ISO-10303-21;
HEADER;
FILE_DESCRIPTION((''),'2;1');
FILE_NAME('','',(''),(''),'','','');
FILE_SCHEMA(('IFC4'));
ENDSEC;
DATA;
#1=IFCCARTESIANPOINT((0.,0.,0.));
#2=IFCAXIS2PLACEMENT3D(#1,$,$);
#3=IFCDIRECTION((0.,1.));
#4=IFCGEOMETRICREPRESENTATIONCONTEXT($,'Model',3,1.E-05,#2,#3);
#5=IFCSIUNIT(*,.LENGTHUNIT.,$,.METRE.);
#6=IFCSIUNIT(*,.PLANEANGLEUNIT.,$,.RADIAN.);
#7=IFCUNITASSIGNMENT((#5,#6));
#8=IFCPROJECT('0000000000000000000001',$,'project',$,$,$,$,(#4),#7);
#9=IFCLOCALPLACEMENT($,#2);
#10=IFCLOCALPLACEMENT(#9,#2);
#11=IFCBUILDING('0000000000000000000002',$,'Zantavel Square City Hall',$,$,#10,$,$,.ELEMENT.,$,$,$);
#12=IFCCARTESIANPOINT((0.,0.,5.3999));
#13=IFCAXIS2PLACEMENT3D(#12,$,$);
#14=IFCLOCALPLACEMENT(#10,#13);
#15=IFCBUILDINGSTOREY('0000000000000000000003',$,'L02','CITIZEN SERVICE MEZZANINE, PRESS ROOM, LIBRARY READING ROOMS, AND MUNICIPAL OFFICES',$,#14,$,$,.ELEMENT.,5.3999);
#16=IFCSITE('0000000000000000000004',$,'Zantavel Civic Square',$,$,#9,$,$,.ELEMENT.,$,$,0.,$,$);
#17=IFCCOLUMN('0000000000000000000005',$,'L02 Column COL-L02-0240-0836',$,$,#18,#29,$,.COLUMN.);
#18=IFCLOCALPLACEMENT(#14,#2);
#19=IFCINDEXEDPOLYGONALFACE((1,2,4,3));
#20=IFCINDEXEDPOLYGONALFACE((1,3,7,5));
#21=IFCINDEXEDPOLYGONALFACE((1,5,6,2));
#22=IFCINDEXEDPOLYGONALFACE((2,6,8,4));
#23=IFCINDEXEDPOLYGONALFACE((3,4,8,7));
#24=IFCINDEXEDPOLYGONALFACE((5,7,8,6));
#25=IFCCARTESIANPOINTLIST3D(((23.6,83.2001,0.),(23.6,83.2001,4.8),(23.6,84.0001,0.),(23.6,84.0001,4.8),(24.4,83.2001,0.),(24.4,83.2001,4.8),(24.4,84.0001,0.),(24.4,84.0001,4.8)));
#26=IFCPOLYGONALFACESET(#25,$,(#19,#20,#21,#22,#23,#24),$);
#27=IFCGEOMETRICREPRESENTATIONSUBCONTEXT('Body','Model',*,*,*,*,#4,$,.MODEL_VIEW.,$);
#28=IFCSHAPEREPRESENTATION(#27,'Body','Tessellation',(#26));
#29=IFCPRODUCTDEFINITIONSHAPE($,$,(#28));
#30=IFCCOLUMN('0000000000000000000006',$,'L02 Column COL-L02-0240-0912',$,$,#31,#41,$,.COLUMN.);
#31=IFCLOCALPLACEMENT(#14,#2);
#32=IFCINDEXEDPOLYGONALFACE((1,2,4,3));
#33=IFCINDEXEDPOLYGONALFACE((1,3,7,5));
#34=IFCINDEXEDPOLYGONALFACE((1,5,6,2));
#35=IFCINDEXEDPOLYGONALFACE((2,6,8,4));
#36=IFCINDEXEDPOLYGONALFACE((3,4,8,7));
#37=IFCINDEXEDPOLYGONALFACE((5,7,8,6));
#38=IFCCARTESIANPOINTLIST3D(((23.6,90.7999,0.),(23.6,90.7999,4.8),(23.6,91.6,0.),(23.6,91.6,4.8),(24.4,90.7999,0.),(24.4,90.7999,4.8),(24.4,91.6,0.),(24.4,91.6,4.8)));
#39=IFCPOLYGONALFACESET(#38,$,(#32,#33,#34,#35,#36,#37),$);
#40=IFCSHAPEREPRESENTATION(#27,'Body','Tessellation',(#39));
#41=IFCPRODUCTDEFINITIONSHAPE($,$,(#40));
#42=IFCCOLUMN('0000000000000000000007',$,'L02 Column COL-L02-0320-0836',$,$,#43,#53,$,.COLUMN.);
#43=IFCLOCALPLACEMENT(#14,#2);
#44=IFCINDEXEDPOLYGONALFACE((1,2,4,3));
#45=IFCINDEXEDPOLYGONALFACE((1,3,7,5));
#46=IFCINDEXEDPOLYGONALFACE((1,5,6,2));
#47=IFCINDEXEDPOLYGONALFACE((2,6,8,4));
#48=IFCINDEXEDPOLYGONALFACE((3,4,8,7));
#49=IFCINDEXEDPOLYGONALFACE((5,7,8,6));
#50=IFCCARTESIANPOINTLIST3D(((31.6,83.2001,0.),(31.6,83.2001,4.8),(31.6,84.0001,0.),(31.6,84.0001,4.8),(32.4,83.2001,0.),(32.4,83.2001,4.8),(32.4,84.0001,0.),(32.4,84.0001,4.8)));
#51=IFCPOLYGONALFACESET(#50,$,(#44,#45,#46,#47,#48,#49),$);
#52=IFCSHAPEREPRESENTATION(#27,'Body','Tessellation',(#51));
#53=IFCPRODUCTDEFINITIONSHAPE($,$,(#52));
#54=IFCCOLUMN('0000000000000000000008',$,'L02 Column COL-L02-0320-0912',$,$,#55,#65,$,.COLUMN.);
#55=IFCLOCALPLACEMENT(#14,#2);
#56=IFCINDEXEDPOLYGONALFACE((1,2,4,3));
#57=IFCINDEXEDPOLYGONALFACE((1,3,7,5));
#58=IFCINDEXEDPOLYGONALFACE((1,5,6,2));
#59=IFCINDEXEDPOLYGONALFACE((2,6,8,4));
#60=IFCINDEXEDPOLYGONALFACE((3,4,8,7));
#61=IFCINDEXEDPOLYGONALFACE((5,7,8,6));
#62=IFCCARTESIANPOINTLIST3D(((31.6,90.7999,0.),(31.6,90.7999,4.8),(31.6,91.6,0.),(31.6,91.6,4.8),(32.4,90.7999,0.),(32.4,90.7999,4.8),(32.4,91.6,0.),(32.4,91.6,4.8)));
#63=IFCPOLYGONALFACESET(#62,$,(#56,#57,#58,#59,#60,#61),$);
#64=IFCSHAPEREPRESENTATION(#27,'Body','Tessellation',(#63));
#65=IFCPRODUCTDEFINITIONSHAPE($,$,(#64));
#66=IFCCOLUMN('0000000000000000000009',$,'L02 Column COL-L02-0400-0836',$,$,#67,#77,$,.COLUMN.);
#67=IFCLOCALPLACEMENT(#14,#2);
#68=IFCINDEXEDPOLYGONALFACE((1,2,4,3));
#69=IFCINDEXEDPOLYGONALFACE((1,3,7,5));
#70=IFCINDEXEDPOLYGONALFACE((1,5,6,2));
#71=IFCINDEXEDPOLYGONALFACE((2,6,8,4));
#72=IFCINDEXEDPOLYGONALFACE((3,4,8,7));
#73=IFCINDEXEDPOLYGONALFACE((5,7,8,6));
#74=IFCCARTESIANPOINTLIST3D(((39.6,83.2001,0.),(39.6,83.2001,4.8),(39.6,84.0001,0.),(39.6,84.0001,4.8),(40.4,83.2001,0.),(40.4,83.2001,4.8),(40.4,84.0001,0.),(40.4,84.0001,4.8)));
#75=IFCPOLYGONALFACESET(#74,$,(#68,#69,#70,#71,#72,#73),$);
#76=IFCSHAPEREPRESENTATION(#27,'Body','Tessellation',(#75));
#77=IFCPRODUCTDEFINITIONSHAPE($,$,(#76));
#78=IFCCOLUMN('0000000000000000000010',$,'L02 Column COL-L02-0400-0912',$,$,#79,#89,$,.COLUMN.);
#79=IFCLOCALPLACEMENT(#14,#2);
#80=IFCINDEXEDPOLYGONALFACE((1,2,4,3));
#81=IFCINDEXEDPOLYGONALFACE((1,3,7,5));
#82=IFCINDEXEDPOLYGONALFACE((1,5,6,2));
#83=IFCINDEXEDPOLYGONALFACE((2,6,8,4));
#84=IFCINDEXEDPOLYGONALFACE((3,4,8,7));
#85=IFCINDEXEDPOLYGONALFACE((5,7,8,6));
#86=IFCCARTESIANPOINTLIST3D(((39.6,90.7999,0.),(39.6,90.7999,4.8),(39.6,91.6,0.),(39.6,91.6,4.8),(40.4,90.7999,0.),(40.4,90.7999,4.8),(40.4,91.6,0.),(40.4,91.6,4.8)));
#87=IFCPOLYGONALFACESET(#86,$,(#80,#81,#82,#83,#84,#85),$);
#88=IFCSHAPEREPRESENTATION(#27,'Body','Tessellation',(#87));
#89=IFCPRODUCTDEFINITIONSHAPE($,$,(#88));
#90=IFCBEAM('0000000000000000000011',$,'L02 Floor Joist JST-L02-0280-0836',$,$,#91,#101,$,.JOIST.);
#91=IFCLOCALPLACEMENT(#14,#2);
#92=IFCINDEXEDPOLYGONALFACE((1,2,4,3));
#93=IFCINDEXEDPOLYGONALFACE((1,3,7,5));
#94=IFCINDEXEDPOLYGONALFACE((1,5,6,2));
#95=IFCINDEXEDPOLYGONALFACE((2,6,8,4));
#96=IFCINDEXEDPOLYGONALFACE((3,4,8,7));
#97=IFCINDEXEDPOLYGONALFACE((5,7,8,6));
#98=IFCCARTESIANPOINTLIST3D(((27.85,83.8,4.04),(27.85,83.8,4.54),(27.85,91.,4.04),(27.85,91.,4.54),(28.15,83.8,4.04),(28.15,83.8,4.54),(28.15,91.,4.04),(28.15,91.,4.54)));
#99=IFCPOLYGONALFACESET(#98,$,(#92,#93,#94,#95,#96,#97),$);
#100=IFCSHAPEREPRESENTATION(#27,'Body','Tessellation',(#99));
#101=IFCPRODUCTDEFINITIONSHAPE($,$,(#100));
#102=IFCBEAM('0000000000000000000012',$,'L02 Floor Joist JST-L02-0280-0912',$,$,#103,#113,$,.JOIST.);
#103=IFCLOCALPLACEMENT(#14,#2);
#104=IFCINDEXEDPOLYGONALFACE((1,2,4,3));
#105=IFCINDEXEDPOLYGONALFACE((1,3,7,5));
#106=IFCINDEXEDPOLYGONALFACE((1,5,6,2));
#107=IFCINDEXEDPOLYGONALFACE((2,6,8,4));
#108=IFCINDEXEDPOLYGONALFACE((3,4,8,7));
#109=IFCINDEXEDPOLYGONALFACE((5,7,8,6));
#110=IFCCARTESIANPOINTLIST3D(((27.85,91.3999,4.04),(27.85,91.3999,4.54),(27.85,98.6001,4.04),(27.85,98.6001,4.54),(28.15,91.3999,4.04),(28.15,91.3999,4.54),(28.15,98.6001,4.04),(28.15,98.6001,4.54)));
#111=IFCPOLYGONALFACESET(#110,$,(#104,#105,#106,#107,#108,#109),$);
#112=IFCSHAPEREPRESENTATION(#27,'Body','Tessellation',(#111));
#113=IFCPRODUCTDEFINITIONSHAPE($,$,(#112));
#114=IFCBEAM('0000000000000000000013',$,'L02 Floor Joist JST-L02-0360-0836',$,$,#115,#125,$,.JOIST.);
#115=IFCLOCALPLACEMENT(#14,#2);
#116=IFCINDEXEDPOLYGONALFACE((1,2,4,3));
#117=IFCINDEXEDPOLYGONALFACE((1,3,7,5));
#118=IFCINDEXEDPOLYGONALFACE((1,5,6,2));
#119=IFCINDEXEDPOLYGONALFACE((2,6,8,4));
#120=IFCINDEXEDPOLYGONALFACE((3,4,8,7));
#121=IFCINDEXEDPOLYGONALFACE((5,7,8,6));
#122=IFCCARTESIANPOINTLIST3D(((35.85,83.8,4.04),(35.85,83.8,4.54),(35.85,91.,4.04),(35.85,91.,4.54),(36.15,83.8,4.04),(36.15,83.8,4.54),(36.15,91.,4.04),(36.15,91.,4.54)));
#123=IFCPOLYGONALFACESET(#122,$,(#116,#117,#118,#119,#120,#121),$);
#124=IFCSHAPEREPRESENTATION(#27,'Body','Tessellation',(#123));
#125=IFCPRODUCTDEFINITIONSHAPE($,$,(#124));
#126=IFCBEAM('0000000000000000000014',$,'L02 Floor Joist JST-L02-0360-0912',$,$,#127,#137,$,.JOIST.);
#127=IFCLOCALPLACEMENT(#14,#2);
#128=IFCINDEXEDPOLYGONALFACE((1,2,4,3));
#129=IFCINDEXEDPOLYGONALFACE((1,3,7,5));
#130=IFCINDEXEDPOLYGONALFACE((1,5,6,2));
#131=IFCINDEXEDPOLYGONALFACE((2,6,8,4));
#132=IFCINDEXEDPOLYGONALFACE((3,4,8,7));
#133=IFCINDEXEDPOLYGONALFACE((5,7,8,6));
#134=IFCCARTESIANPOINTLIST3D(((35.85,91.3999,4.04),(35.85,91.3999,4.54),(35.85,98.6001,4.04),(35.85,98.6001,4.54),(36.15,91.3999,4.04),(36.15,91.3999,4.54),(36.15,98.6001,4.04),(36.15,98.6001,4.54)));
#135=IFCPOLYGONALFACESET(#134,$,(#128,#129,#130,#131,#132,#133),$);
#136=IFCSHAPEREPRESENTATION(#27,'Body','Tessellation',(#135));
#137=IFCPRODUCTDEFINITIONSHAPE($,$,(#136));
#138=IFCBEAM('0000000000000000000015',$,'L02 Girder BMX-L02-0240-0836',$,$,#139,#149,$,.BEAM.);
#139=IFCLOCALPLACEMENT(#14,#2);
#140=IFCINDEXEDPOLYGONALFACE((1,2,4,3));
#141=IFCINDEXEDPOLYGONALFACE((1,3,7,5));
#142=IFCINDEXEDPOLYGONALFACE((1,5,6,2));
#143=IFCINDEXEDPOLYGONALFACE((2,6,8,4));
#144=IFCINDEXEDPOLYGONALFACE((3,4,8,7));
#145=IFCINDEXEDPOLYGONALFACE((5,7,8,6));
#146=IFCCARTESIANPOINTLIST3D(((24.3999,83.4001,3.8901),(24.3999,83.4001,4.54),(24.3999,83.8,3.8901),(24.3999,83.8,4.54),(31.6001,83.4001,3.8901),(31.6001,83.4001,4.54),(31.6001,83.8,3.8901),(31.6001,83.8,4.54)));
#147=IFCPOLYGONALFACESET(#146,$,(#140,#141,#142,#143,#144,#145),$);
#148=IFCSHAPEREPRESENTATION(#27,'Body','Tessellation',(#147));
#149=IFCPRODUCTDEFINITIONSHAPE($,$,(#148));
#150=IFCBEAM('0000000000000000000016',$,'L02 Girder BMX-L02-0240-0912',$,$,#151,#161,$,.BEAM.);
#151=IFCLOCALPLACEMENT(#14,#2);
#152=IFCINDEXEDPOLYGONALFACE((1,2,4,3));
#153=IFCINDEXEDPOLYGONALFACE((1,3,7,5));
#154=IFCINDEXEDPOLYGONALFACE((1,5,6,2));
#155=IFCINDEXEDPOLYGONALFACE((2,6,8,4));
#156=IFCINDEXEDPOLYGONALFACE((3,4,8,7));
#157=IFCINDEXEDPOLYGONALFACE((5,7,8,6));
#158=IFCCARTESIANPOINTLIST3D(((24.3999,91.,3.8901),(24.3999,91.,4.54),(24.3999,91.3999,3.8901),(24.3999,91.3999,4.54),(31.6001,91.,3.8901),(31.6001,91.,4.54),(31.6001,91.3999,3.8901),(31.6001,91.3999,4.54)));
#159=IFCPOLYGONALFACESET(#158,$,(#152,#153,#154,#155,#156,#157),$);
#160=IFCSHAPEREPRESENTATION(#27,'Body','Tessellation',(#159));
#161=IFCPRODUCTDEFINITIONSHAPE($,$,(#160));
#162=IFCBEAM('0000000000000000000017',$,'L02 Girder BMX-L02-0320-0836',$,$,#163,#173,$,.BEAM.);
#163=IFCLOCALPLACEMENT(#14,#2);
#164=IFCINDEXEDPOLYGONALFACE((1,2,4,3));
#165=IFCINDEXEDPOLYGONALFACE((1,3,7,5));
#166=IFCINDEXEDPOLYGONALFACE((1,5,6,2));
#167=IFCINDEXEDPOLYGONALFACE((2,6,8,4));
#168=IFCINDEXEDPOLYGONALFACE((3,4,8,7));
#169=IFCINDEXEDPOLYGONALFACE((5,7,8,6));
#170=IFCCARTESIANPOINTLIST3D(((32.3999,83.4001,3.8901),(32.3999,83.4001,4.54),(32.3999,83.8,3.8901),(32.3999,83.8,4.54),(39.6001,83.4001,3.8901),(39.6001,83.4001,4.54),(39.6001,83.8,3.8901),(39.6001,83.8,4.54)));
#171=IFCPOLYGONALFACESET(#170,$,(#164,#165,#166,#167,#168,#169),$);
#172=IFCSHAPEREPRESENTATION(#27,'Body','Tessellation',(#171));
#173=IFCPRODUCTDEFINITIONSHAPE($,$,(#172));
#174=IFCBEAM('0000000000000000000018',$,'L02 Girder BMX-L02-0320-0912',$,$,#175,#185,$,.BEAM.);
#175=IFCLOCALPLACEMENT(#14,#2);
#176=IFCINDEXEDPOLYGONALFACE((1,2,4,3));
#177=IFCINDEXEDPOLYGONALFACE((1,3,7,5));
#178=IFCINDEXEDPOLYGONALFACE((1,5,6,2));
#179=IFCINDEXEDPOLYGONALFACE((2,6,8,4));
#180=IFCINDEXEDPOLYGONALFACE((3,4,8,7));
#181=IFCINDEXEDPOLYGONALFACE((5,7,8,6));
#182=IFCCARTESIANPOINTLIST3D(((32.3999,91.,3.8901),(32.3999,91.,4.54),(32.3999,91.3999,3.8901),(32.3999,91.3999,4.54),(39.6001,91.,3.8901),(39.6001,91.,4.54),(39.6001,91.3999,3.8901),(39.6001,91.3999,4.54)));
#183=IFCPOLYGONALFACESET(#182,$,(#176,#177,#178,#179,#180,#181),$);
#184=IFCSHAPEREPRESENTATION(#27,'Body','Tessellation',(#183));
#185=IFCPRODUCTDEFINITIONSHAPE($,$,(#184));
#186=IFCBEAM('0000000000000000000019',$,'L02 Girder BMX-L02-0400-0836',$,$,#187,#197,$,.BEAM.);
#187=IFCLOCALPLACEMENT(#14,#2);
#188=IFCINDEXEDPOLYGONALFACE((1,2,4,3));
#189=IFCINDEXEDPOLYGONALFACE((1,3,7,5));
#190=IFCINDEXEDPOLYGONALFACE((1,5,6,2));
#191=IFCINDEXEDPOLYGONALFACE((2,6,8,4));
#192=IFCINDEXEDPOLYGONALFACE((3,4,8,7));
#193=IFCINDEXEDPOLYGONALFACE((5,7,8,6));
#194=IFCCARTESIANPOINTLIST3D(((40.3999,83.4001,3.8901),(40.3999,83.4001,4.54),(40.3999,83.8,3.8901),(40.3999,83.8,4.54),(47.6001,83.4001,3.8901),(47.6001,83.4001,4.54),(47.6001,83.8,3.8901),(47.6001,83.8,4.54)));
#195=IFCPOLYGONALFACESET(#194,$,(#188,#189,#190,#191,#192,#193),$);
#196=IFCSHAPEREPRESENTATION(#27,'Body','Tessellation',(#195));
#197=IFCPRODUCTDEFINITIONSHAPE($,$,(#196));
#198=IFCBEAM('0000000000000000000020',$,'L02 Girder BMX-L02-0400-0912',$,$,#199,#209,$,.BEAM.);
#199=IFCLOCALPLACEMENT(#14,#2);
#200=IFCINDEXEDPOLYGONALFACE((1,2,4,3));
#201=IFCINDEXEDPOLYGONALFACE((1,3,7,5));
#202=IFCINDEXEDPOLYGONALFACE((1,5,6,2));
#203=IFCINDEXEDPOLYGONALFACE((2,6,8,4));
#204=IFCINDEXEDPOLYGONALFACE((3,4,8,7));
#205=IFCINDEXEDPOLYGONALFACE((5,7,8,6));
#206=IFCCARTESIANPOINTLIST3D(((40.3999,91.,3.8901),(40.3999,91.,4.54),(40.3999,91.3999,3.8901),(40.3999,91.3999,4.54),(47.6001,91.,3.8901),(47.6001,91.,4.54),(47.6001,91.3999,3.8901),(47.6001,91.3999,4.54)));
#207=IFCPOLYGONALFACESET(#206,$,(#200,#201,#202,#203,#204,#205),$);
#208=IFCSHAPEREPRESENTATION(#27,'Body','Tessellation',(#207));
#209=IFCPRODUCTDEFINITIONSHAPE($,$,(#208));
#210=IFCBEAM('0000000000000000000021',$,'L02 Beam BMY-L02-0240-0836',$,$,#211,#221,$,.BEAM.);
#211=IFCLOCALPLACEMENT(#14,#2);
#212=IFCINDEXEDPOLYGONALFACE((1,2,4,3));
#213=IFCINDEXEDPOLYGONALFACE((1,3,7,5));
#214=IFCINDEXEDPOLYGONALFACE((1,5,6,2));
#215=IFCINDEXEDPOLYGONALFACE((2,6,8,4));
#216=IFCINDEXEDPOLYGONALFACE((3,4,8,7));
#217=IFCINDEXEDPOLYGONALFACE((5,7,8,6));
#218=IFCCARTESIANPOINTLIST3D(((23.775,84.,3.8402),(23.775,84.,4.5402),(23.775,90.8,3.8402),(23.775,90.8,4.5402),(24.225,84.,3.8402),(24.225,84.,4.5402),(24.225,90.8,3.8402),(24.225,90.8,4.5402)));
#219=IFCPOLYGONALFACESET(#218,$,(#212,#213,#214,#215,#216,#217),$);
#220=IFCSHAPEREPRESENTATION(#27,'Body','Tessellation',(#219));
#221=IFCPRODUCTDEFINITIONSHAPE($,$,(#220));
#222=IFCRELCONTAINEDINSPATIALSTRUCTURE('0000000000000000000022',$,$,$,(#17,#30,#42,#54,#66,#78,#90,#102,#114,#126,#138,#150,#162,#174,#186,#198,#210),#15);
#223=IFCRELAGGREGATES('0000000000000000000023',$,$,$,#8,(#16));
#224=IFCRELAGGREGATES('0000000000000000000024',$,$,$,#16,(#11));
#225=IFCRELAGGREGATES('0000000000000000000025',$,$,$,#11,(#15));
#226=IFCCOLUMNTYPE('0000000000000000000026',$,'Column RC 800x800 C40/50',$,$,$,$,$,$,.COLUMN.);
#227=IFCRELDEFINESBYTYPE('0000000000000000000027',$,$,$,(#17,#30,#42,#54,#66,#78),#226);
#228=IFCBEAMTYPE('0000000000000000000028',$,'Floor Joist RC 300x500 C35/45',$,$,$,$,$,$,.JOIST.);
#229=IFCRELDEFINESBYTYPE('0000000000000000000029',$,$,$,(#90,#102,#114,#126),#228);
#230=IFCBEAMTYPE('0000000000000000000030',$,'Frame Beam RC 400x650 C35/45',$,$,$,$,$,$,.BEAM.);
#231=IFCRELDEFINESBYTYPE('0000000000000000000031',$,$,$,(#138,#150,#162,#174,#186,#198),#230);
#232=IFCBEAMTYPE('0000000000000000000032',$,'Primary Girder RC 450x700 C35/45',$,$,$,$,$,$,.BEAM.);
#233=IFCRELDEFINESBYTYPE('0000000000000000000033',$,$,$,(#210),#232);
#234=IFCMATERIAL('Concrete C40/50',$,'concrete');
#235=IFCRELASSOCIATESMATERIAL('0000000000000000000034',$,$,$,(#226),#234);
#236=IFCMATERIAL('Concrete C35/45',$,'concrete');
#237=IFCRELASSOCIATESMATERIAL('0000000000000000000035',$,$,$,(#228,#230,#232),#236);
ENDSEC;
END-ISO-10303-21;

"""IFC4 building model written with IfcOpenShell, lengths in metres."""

from ifc_helpers import new_model, si_unit, direction, frame, origin, origin_2d, place, context, subcontext, project, spatial, rectangle, extrude, material, material_profile, profile_set, type_object, element, save


model = new_model("IFC4")

# Units and contexts
model_context = context("Model", 3, precision=1e-05, world=origin(), true_north=direction((0.0, 1.0)))
body_context = subcontext(model_context, "Body", "Model", "MODEL_VIEW")
ifc_project = project(units=[si_unit("LENGTHUNIT", "METRE"), si_unit("PLANEANGLEUNIT", "RADIAN")], contexts=[model_context])

# Site, building, storey
site_placement = place(None, origin())
site = spatial("IfcSite", under=ifc_project, at=site_placement, Name="Zantavel Civic Square", CompositionType="ELEMENT", RefElevation=0.0)
building_placement = place(site_placement, origin())
building = spatial("IfcBuilding", under=site, at=building_placement, Name="Zantavel Square City Hall", CompositionType="ELEMENT")
storey_placement = place(building_placement, frame((0.0, 0.0, 5.3999)))
storey = spatial("IfcBuildingStorey", under=building, at=storey_placement, Name="L02", Description="CITIZEN SERVICE MEZZANINE, PRESS ROOM, LIBRARY READING ROOMS, AND MUNICIPAL OFFICES", CompositionType="ELEMENT", Elevation=5.3999)

# Columns
ifc_material_1 = material(Name="Concrete C40/50", Category="concrete")
ifc_material_profile_1 = material_profile(ifc_material_1, rectangle(XDim=0.8, YDim=0.8, at=origin_2d()), Name="RC 800x800")
ifc_profile_set_1 = profile_set([ifc_material_profile_1], Name="Concrete C40/50")
column_type = type_object("IfcColumnType", Name="Column RC 800x800 C40/50", PredefinedType="COLUMN", material=ifc_profile_set_1)
for number, where, z_axis, x_axis, name in (
    (1, (24.0, 83.6001, 0.0), (0.0, 0.0, 1.0), (1.0, 0.0, 0.0), "L02 Column COL-L02-0240-0836"),
    (2, (24.0, 91.2, 0.0), (0.0, 0.0, 1.0), (1.0, 0.0, 0.0), "L02 Column COL-L02-0240-0912"),
    (3, (32.0, 83.6001, 0.0), (0.0, 0.0, 1.0), (1.0, 0.0, 0.0), "L02 Column COL-L02-0320-0836"),
    (4, (32.0, 91.2, 0.0), (0.0, 0.0, 1.0), (1.0, 0.0, 0.0), "L02 Column COL-L02-0320-0912"),
    (5, (40.0, 83.6001, 0.0), (0.0, 0.0, 1.0), (1.0, 0.0, 0.0), "L02 Column COL-L02-0400-0836"),
    (6, (40.0, 91.2, 0.0), (0.0, 0.0, 1.0), (1.0, 0.0, 0.0), "L02 Column COL-L02-0400-0912"),
):
    element("IfcColumn", number, at=place(storey_placement, frame(where, z_axis=z_axis, x_axis=x_axis)), inside=storey, type_object=column_type, Name=name, PredefinedType="COLUMN", context=body_context, shape_type="SweptSolid", body=[
        extrude(rectangle(XDim=0.8, YDim=0.8, at=origin_2d()), origin(), (0.0, 0.0, 1.0), 4.8),
    ])

# Beams
ifc_material_2 = material(Name="Concrete C35/45", Category="concrete")
ifc_material_profile_2 = material_profile(ifc_material_2, rectangle(XDim=0.3, YDim=0.5, at=origin_2d()), Name="RC 300x500")
ifc_profile_set_2 = profile_set([ifc_material_profile_2], Name="Concrete C35/45")
beam_type_1 = type_object("IfcBeamType", Name="Floor Joist RC 300x500 C35/45", PredefinedType="JOIST", material=ifc_profile_set_2)
beam_1_placement = place(storey_placement, frame((28.0, 83.8, 4.29), z_axis=(0.0, 1.0, 0.0), x_axis=(-1.0, 0.0, 0.0)))
element("IfcBeam", 7, at=beam_1_placement, inside=storey, type_object=beam_type_1, Name="L02 Floor Joist JST-L02-0280-0836", PredefinedType="JOIST", context=body_context, shape_type="SweptSolid", body=[
    extrude(rectangle(XDim=0.3, YDim=0.5, at=origin_2d()), origin(), (0.0, 0.0, 1.0), 7.2),
])
beam_2_placement = place(storey_placement, frame((28.0, 91.3999, 4.29), z_axis=(0.0, 1.0, 0.0), x_axis=(-1.0, 0.0, 0.0)))
element("IfcBeam", 8, at=beam_2_placement, inside=storey, type_object=beam_type_1, Name="L02 Floor Joist JST-L02-0280-0912", PredefinedType="JOIST", context=body_context, shape_type="SweptSolid", body=[
    extrude(rectangle(XDim=0.3, YDim=0.5, at=origin_2d()), origin(), (0.0, 0.0, 1.0), 7.2002),
])
beam_3_placement = place(storey_placement, frame((36.0, 83.8, 4.29), z_axis=(0.0, 1.0, 0.0), x_axis=(-1.0, 0.0, 0.0)))
element("IfcBeam", 9, at=beam_3_placement, inside=storey, type_object=beam_type_1, Name="L02 Floor Joist JST-L02-0360-0836", PredefinedType="JOIST", context=body_context, shape_type="SweptSolid", body=[
    extrude(rectangle(XDim=0.3, YDim=0.5, at=origin_2d()), origin(), (0.0, 0.0, 1.0), 7.2),
])
beam_4_placement = place(storey_placement, frame((36.0, 91.3999, 4.29), z_axis=(0.0, 1.0, 0.0), x_axis=(-1.0, 0.0, 0.0)))
element("IfcBeam", 10, at=beam_4_placement, inside=storey, type_object=beam_type_1, Name="L02 Floor Joist JST-L02-0360-0912", PredefinedType="JOIST", context=body_context, shape_type="SweptSolid", body=[
    extrude(rectangle(XDim=0.3, YDim=0.5, at=origin_2d()), origin(), (0.0, 0.0, 1.0), 7.2002),
])
ifc_material_profile_3 = material_profile(ifc_material_2, rectangle(XDim=0.3999, YDim=0.6499, at=origin_2d()), Name="RC 400x650")
ifc_profile_set_3 = profile_set([ifc_material_profile_3], Name="Concrete C35/45")
beam_type_2 = type_object("IfcBeamType", Name="Frame Beam RC 400x650 C35/45", PredefinedType="BEAM", material=ifc_profile_set_3)
for number, where, z_axis, x_axis, name in (
    (11, (24.3999, 83.6001, 4.2151), (1.0, 0.0, 0.0), (0.0, 1.0, 0.0), "L02 Girder BMX-L02-0240-0836"),
    (12, (24.3999, 91.2, 4.2151), (1.0, 0.0, 0.0), (0.0, 1.0, 0.0), "L02 Girder BMX-L02-0240-0912"),
    (13, (32.3999, 83.6001, 4.2151), (1.0, 0.0, 0.0), (0.0, 1.0, 0.0), "L02 Girder BMX-L02-0320-0836"),
    (14, (32.3999, 91.2, 4.2151), (1.0, 0.0, 0.0), (0.0, 1.0, 0.0), "L02 Girder BMX-L02-0320-0912"),
    (15, (40.3999, 83.6001, 4.2151), (1.0, 0.0, 0.0), (0.0, 1.0, 0.0), "L02 Girder BMX-L02-0400-0836"),
    (16, (40.3999, 91.2, 4.2151), (1.0, 0.0, 0.0), (0.0, 1.0, 0.0), "L02 Girder BMX-L02-0400-0912"),
):
    element("IfcBeam", number, at=place(storey_placement, frame(where, z_axis=z_axis, x_axis=x_axis)), inside=storey, type_object=beam_type_2, Name=name, PredefinedType="BEAM", context=body_context, shape_type="SweptSolid", body=[
        extrude(rectangle(XDim=0.3999, YDim=0.6499, at=origin_2d()), origin(), (0.0, 0.0, 1.0), 7.2002),
    ])
ifc_material_profile_4 = material_profile(ifc_material_2, rectangle(XDim=0.45, YDim=0.7, at=origin_2d()), Name="RC 450x700")
ifc_profile_set_4 = profile_set([ifc_material_profile_4], Name="Concrete C35/45")
beam_type_3 = type_object("IfcBeamType", Name="Primary Girder RC 450x700 C35/45", PredefinedType="BEAM", material=ifc_profile_set_4)
beam_5_placement = place(storey_placement, frame((24.0, 84.0, 4.1902), z_axis=(0.0, 1.0, 0.0), x_axis=(-1.0, 0.0, 0.0)))
element("IfcBeam", 17, at=beam_5_placement, inside=storey, type_object=beam_type_3, Name="L02 Beam BMY-L02-0240-0836", PredefinedType="BEAM", context=body_context, shape_type="SweptSolid", body=[
    extrude(rectangle(XDim=0.45, YDim=0.7, at=origin_2d()), origin(), (0.0, 0.0, 1.0), 6.8),
])

save(model, "model.ifc")
